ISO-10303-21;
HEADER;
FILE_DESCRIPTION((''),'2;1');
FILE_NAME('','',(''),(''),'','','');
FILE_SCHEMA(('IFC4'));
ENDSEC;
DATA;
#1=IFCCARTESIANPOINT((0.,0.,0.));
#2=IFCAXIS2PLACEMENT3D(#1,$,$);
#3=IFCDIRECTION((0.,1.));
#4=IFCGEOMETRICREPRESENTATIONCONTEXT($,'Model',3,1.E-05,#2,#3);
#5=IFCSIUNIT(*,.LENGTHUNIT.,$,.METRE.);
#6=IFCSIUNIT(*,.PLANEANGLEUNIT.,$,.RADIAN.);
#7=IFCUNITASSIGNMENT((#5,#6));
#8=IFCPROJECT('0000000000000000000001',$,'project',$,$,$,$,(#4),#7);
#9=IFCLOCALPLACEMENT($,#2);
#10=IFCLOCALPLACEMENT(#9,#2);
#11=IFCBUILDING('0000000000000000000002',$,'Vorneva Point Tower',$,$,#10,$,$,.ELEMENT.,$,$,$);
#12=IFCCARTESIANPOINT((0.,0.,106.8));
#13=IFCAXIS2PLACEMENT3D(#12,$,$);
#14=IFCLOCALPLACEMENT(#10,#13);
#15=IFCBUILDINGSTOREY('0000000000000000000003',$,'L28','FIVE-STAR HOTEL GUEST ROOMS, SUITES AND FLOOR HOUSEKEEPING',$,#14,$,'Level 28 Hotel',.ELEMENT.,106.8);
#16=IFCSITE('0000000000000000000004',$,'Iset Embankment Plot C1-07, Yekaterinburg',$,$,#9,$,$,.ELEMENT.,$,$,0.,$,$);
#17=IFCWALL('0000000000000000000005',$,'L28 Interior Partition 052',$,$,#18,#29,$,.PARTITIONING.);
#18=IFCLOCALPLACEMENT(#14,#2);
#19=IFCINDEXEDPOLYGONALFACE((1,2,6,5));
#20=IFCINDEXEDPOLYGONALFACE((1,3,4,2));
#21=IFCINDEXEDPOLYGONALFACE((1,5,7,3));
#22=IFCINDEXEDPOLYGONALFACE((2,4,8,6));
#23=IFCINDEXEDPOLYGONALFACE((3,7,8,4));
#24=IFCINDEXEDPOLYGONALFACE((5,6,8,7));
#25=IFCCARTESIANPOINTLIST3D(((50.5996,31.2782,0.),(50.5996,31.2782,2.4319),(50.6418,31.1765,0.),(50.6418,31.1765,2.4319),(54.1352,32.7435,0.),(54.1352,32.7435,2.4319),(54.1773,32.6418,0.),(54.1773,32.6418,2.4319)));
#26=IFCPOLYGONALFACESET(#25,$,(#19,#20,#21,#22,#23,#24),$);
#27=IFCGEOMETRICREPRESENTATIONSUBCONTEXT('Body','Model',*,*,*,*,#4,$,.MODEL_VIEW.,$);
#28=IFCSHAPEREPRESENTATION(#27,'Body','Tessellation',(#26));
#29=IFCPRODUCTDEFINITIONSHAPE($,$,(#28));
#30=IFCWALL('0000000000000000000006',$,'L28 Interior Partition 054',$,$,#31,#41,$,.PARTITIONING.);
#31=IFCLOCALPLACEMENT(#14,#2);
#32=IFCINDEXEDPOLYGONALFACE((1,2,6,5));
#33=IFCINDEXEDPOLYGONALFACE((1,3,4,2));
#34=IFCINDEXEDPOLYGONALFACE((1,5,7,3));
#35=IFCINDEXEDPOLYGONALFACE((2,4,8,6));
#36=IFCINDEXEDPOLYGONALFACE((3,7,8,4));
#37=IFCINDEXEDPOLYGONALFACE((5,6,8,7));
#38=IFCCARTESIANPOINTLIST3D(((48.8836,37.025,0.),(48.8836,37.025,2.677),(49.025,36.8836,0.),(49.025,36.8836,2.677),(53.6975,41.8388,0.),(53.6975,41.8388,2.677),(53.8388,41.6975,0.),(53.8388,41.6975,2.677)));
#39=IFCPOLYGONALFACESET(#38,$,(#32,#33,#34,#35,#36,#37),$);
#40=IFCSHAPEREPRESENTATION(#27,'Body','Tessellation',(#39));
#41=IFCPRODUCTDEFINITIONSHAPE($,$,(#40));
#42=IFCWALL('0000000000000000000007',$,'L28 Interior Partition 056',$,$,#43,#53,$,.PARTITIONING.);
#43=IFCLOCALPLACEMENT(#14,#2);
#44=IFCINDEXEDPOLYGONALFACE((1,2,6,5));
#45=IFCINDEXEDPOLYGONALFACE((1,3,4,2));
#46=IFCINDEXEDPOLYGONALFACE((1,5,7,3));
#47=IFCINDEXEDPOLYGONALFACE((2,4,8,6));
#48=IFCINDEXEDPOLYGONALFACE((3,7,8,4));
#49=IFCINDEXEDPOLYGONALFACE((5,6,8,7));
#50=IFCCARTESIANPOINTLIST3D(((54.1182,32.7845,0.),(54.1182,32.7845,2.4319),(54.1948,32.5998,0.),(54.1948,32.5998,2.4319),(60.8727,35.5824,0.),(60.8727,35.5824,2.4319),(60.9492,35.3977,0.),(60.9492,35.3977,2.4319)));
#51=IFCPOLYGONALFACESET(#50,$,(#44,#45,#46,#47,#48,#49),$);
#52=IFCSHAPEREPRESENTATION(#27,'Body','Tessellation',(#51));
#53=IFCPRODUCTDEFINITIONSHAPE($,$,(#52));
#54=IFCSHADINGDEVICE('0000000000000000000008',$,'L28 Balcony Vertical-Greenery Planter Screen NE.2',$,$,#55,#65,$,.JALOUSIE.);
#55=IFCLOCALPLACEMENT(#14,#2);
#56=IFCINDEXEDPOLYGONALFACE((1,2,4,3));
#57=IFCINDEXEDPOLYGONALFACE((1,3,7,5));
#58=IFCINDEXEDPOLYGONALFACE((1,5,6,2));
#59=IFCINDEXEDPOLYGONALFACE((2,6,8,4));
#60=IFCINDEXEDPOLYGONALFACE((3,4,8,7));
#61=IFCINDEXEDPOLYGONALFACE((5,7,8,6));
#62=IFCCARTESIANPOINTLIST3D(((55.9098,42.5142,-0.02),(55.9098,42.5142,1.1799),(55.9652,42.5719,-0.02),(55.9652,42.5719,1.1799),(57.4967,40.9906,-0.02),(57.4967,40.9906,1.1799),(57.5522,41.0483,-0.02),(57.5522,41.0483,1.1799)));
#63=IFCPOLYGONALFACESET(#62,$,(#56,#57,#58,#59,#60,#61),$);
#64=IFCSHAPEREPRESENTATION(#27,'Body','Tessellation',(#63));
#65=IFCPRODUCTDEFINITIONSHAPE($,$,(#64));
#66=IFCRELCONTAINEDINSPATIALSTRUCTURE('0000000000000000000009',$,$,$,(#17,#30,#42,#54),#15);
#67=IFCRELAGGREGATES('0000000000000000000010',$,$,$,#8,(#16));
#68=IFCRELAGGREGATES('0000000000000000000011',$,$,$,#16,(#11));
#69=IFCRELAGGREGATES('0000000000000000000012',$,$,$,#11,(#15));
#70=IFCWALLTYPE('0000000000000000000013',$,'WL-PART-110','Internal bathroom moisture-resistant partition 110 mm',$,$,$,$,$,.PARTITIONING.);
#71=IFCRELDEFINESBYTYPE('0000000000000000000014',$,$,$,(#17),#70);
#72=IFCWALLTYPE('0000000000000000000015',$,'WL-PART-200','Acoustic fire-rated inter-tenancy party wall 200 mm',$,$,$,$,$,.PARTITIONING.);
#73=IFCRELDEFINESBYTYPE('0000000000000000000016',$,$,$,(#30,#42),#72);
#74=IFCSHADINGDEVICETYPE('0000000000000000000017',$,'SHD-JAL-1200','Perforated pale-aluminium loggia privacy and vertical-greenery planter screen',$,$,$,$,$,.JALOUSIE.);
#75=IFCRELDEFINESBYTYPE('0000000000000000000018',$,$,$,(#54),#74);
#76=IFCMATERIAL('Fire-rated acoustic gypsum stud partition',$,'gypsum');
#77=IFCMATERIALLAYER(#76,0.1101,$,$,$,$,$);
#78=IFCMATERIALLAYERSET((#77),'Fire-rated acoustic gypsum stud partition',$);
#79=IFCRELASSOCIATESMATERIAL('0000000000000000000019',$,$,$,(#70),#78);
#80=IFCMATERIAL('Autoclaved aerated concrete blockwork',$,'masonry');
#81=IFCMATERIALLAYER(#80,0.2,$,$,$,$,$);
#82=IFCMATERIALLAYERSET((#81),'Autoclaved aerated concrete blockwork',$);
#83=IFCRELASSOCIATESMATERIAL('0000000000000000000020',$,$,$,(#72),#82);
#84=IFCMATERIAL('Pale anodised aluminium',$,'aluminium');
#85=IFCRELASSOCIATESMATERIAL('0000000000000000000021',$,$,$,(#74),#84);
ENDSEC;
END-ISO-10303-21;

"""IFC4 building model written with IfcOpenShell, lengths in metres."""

from ifc_helpers import new_model, si_unit, direction, frame, frame_2d, origin, origin_2d, place, context, subcontext, project, spatial, rectangle, extrude, material, layer, layer_set, type_object, element, save


model = new_model("IFC4")

# Units and contexts
model_context = context("Model", 3, precision=1e-05, world=origin(), true_north=direction((0.0, 1.0)))
body_context = subcontext(model_context, "Body", "Model", "MODEL_VIEW")
ifc_project = project(units=[si_unit("LENGTHUNIT", "METRE"), si_unit("PLANEANGLEUNIT", "RADIAN")], contexts=[model_context])

# Site, building, storey
site_placement = place(None, origin())
site = spatial("IfcSite", under=ifc_project, at=site_placement, Name="Iset Embankment Plot C1-07, Yekaterinburg", CompositionType="ELEMENT", RefElevation=0.0)
building_placement = place(site_placement, origin())
building = spatial("IfcBuilding", under=site, at=building_placement, Name="Vorneva Point Tower", CompositionType="ELEMENT")
storey_placement = place(building_placement, frame((0.0, 0.0, 106.8)))
storey = spatial("IfcBuildingStorey", under=building, at=storey_placement, Name="L28", Description="FIVE-STAR HOTEL GUEST ROOMS, SUITES AND FLOOR HOUSEKEEPING", LongName="Level 28 Hotel", CompositionType="ELEMENT", Elevation=106.8)

# Shared definitions
ifc_material_1 = material(Name="Pale anodised aluminium", Category="aluminium")

# Shared definitions
ifc_material_2 = material(Name="Fire-rated acoustic gypsum stud partition", Category="gypsum")
ifc_layer_1 = layer(ifc_material_2, 0.1101)
ifc_layer_set_1 = layer_set([ifc_layer_1], Name="Fire-rated acoustic gypsum stud partition")
wall_type_1 = type_object("IfcWallType", Name="WL-PART-110", Description="Internal bathroom moisture-resistant partition 110 mm", PredefinedType="PARTITIONING", material=ifc_layer_set_1)

# Wall
wall_1_placement = place(storey_placement, frame((54.1562, 32.6926, 0.0), z_axis=(0.0, 0.0, 1.0), x_axis=(-0.923804, -0.382866, 0.0)))
element("IfcWall", 1, at=wall_1_placement, inside=storey, type_object=wall_type_1, Name="L28 Interior Partition 052", PredefinedType="PARTITIONING", context=body_context, shape_type="SweptSolid", body=[
    extrude(rectangle(XDim=3.8271, YDim=0.1101, at=frame_2d((1.9136, 0.0))), origin(), (0.0, 0.0, 1.0), 2.4319),
])

# Shared definitions
ifc_material_3 = material(Name="Autoclaved aerated concrete blockwork", Category="masonry")

# Walls
ifc_layer_2 = layer(ifc_material_3, 0.2)
ifc_layer_set_2 = layer_set([ifc_layer_2], Name="Autoclaved aerated concrete blockwork")
wall_type_2 = type_object("IfcWallType", Name="WL-PART-200", Description="Acoustic fire-rated inter-tenancy party wall 200 mm", PredefinedType="PARTITIONING", material=ifc_layer_set_2)
wall_2_placement = place(storey_placement, frame((53.7681, 41.7681, 0.0), z_axis=(0.0, 0.0, 1.0), x_axis=(-0.707107, -0.707107, 0.0)))
element("IfcWall", 2, at=wall_2_placement, inside=storey, type_object=wall_type_2, Name="L28 Interior Partition 054", PredefinedType="PARTITIONING", context=body_context, shape_type="SweptSolid", body=[
    extrude(rectangle(XDim=6.8079, YDim=0.2, at=frame_2d((3.4038, 0.0))), origin(), (0.0, 0.0, 1.0), 2.677),
])
wall_3_placement = place(storey_placement, frame((54.1565, 32.6921, 0.0), z_axis=(0.0, 0.0, 1.0), x_axis=(0.923875, 0.382694, 0.0)))
element("IfcWall", 3, at=wall_3_placement, inside=storey, type_object=wall_type_2, Name="L28 Interior Partition 056", PredefinedType="PARTITIONING", context=body_context, shape_type="SweptSolid", body=[
    extrude(rectangle(XDim=7.311, YDim=0.2, at=frame_2d((3.6555, 0.0))), origin(), (0.0, 0.0, 1.0), 2.4319),
])

# Shading device
shading_device_type = type_object("IfcShadingDeviceType", Name="SHD-JAL-1200", Description="Perforated pale-aluminium loggia privacy and vertical-greenery planter screen", PredefinedType="JALOUSIE", material=ifc_material_1)
shading_device_placement = place(storey_placement, frame((56.731, 41.7812, -0.02), z_axis=(0.0, 0.0, 1.0), x_axis=(-0.721349, 0.692571, 0.0)))
element("IfcShadingDevice", 4, at=shading_device_placement, inside=storey, type_object=shading_device_type, Name="L28 Balcony Vertical-Greenery Planter Screen NE.2", PredefinedType="JALOUSIE", context=body_context, shape_type="SweptSolid", body=[
    extrude(rectangle(XDim=2.2, YDim=0.0801, at=origin_2d()), origin(), (0.0, 0.0, 1.0), 1.2),
])

save(model, "model.ifc")
